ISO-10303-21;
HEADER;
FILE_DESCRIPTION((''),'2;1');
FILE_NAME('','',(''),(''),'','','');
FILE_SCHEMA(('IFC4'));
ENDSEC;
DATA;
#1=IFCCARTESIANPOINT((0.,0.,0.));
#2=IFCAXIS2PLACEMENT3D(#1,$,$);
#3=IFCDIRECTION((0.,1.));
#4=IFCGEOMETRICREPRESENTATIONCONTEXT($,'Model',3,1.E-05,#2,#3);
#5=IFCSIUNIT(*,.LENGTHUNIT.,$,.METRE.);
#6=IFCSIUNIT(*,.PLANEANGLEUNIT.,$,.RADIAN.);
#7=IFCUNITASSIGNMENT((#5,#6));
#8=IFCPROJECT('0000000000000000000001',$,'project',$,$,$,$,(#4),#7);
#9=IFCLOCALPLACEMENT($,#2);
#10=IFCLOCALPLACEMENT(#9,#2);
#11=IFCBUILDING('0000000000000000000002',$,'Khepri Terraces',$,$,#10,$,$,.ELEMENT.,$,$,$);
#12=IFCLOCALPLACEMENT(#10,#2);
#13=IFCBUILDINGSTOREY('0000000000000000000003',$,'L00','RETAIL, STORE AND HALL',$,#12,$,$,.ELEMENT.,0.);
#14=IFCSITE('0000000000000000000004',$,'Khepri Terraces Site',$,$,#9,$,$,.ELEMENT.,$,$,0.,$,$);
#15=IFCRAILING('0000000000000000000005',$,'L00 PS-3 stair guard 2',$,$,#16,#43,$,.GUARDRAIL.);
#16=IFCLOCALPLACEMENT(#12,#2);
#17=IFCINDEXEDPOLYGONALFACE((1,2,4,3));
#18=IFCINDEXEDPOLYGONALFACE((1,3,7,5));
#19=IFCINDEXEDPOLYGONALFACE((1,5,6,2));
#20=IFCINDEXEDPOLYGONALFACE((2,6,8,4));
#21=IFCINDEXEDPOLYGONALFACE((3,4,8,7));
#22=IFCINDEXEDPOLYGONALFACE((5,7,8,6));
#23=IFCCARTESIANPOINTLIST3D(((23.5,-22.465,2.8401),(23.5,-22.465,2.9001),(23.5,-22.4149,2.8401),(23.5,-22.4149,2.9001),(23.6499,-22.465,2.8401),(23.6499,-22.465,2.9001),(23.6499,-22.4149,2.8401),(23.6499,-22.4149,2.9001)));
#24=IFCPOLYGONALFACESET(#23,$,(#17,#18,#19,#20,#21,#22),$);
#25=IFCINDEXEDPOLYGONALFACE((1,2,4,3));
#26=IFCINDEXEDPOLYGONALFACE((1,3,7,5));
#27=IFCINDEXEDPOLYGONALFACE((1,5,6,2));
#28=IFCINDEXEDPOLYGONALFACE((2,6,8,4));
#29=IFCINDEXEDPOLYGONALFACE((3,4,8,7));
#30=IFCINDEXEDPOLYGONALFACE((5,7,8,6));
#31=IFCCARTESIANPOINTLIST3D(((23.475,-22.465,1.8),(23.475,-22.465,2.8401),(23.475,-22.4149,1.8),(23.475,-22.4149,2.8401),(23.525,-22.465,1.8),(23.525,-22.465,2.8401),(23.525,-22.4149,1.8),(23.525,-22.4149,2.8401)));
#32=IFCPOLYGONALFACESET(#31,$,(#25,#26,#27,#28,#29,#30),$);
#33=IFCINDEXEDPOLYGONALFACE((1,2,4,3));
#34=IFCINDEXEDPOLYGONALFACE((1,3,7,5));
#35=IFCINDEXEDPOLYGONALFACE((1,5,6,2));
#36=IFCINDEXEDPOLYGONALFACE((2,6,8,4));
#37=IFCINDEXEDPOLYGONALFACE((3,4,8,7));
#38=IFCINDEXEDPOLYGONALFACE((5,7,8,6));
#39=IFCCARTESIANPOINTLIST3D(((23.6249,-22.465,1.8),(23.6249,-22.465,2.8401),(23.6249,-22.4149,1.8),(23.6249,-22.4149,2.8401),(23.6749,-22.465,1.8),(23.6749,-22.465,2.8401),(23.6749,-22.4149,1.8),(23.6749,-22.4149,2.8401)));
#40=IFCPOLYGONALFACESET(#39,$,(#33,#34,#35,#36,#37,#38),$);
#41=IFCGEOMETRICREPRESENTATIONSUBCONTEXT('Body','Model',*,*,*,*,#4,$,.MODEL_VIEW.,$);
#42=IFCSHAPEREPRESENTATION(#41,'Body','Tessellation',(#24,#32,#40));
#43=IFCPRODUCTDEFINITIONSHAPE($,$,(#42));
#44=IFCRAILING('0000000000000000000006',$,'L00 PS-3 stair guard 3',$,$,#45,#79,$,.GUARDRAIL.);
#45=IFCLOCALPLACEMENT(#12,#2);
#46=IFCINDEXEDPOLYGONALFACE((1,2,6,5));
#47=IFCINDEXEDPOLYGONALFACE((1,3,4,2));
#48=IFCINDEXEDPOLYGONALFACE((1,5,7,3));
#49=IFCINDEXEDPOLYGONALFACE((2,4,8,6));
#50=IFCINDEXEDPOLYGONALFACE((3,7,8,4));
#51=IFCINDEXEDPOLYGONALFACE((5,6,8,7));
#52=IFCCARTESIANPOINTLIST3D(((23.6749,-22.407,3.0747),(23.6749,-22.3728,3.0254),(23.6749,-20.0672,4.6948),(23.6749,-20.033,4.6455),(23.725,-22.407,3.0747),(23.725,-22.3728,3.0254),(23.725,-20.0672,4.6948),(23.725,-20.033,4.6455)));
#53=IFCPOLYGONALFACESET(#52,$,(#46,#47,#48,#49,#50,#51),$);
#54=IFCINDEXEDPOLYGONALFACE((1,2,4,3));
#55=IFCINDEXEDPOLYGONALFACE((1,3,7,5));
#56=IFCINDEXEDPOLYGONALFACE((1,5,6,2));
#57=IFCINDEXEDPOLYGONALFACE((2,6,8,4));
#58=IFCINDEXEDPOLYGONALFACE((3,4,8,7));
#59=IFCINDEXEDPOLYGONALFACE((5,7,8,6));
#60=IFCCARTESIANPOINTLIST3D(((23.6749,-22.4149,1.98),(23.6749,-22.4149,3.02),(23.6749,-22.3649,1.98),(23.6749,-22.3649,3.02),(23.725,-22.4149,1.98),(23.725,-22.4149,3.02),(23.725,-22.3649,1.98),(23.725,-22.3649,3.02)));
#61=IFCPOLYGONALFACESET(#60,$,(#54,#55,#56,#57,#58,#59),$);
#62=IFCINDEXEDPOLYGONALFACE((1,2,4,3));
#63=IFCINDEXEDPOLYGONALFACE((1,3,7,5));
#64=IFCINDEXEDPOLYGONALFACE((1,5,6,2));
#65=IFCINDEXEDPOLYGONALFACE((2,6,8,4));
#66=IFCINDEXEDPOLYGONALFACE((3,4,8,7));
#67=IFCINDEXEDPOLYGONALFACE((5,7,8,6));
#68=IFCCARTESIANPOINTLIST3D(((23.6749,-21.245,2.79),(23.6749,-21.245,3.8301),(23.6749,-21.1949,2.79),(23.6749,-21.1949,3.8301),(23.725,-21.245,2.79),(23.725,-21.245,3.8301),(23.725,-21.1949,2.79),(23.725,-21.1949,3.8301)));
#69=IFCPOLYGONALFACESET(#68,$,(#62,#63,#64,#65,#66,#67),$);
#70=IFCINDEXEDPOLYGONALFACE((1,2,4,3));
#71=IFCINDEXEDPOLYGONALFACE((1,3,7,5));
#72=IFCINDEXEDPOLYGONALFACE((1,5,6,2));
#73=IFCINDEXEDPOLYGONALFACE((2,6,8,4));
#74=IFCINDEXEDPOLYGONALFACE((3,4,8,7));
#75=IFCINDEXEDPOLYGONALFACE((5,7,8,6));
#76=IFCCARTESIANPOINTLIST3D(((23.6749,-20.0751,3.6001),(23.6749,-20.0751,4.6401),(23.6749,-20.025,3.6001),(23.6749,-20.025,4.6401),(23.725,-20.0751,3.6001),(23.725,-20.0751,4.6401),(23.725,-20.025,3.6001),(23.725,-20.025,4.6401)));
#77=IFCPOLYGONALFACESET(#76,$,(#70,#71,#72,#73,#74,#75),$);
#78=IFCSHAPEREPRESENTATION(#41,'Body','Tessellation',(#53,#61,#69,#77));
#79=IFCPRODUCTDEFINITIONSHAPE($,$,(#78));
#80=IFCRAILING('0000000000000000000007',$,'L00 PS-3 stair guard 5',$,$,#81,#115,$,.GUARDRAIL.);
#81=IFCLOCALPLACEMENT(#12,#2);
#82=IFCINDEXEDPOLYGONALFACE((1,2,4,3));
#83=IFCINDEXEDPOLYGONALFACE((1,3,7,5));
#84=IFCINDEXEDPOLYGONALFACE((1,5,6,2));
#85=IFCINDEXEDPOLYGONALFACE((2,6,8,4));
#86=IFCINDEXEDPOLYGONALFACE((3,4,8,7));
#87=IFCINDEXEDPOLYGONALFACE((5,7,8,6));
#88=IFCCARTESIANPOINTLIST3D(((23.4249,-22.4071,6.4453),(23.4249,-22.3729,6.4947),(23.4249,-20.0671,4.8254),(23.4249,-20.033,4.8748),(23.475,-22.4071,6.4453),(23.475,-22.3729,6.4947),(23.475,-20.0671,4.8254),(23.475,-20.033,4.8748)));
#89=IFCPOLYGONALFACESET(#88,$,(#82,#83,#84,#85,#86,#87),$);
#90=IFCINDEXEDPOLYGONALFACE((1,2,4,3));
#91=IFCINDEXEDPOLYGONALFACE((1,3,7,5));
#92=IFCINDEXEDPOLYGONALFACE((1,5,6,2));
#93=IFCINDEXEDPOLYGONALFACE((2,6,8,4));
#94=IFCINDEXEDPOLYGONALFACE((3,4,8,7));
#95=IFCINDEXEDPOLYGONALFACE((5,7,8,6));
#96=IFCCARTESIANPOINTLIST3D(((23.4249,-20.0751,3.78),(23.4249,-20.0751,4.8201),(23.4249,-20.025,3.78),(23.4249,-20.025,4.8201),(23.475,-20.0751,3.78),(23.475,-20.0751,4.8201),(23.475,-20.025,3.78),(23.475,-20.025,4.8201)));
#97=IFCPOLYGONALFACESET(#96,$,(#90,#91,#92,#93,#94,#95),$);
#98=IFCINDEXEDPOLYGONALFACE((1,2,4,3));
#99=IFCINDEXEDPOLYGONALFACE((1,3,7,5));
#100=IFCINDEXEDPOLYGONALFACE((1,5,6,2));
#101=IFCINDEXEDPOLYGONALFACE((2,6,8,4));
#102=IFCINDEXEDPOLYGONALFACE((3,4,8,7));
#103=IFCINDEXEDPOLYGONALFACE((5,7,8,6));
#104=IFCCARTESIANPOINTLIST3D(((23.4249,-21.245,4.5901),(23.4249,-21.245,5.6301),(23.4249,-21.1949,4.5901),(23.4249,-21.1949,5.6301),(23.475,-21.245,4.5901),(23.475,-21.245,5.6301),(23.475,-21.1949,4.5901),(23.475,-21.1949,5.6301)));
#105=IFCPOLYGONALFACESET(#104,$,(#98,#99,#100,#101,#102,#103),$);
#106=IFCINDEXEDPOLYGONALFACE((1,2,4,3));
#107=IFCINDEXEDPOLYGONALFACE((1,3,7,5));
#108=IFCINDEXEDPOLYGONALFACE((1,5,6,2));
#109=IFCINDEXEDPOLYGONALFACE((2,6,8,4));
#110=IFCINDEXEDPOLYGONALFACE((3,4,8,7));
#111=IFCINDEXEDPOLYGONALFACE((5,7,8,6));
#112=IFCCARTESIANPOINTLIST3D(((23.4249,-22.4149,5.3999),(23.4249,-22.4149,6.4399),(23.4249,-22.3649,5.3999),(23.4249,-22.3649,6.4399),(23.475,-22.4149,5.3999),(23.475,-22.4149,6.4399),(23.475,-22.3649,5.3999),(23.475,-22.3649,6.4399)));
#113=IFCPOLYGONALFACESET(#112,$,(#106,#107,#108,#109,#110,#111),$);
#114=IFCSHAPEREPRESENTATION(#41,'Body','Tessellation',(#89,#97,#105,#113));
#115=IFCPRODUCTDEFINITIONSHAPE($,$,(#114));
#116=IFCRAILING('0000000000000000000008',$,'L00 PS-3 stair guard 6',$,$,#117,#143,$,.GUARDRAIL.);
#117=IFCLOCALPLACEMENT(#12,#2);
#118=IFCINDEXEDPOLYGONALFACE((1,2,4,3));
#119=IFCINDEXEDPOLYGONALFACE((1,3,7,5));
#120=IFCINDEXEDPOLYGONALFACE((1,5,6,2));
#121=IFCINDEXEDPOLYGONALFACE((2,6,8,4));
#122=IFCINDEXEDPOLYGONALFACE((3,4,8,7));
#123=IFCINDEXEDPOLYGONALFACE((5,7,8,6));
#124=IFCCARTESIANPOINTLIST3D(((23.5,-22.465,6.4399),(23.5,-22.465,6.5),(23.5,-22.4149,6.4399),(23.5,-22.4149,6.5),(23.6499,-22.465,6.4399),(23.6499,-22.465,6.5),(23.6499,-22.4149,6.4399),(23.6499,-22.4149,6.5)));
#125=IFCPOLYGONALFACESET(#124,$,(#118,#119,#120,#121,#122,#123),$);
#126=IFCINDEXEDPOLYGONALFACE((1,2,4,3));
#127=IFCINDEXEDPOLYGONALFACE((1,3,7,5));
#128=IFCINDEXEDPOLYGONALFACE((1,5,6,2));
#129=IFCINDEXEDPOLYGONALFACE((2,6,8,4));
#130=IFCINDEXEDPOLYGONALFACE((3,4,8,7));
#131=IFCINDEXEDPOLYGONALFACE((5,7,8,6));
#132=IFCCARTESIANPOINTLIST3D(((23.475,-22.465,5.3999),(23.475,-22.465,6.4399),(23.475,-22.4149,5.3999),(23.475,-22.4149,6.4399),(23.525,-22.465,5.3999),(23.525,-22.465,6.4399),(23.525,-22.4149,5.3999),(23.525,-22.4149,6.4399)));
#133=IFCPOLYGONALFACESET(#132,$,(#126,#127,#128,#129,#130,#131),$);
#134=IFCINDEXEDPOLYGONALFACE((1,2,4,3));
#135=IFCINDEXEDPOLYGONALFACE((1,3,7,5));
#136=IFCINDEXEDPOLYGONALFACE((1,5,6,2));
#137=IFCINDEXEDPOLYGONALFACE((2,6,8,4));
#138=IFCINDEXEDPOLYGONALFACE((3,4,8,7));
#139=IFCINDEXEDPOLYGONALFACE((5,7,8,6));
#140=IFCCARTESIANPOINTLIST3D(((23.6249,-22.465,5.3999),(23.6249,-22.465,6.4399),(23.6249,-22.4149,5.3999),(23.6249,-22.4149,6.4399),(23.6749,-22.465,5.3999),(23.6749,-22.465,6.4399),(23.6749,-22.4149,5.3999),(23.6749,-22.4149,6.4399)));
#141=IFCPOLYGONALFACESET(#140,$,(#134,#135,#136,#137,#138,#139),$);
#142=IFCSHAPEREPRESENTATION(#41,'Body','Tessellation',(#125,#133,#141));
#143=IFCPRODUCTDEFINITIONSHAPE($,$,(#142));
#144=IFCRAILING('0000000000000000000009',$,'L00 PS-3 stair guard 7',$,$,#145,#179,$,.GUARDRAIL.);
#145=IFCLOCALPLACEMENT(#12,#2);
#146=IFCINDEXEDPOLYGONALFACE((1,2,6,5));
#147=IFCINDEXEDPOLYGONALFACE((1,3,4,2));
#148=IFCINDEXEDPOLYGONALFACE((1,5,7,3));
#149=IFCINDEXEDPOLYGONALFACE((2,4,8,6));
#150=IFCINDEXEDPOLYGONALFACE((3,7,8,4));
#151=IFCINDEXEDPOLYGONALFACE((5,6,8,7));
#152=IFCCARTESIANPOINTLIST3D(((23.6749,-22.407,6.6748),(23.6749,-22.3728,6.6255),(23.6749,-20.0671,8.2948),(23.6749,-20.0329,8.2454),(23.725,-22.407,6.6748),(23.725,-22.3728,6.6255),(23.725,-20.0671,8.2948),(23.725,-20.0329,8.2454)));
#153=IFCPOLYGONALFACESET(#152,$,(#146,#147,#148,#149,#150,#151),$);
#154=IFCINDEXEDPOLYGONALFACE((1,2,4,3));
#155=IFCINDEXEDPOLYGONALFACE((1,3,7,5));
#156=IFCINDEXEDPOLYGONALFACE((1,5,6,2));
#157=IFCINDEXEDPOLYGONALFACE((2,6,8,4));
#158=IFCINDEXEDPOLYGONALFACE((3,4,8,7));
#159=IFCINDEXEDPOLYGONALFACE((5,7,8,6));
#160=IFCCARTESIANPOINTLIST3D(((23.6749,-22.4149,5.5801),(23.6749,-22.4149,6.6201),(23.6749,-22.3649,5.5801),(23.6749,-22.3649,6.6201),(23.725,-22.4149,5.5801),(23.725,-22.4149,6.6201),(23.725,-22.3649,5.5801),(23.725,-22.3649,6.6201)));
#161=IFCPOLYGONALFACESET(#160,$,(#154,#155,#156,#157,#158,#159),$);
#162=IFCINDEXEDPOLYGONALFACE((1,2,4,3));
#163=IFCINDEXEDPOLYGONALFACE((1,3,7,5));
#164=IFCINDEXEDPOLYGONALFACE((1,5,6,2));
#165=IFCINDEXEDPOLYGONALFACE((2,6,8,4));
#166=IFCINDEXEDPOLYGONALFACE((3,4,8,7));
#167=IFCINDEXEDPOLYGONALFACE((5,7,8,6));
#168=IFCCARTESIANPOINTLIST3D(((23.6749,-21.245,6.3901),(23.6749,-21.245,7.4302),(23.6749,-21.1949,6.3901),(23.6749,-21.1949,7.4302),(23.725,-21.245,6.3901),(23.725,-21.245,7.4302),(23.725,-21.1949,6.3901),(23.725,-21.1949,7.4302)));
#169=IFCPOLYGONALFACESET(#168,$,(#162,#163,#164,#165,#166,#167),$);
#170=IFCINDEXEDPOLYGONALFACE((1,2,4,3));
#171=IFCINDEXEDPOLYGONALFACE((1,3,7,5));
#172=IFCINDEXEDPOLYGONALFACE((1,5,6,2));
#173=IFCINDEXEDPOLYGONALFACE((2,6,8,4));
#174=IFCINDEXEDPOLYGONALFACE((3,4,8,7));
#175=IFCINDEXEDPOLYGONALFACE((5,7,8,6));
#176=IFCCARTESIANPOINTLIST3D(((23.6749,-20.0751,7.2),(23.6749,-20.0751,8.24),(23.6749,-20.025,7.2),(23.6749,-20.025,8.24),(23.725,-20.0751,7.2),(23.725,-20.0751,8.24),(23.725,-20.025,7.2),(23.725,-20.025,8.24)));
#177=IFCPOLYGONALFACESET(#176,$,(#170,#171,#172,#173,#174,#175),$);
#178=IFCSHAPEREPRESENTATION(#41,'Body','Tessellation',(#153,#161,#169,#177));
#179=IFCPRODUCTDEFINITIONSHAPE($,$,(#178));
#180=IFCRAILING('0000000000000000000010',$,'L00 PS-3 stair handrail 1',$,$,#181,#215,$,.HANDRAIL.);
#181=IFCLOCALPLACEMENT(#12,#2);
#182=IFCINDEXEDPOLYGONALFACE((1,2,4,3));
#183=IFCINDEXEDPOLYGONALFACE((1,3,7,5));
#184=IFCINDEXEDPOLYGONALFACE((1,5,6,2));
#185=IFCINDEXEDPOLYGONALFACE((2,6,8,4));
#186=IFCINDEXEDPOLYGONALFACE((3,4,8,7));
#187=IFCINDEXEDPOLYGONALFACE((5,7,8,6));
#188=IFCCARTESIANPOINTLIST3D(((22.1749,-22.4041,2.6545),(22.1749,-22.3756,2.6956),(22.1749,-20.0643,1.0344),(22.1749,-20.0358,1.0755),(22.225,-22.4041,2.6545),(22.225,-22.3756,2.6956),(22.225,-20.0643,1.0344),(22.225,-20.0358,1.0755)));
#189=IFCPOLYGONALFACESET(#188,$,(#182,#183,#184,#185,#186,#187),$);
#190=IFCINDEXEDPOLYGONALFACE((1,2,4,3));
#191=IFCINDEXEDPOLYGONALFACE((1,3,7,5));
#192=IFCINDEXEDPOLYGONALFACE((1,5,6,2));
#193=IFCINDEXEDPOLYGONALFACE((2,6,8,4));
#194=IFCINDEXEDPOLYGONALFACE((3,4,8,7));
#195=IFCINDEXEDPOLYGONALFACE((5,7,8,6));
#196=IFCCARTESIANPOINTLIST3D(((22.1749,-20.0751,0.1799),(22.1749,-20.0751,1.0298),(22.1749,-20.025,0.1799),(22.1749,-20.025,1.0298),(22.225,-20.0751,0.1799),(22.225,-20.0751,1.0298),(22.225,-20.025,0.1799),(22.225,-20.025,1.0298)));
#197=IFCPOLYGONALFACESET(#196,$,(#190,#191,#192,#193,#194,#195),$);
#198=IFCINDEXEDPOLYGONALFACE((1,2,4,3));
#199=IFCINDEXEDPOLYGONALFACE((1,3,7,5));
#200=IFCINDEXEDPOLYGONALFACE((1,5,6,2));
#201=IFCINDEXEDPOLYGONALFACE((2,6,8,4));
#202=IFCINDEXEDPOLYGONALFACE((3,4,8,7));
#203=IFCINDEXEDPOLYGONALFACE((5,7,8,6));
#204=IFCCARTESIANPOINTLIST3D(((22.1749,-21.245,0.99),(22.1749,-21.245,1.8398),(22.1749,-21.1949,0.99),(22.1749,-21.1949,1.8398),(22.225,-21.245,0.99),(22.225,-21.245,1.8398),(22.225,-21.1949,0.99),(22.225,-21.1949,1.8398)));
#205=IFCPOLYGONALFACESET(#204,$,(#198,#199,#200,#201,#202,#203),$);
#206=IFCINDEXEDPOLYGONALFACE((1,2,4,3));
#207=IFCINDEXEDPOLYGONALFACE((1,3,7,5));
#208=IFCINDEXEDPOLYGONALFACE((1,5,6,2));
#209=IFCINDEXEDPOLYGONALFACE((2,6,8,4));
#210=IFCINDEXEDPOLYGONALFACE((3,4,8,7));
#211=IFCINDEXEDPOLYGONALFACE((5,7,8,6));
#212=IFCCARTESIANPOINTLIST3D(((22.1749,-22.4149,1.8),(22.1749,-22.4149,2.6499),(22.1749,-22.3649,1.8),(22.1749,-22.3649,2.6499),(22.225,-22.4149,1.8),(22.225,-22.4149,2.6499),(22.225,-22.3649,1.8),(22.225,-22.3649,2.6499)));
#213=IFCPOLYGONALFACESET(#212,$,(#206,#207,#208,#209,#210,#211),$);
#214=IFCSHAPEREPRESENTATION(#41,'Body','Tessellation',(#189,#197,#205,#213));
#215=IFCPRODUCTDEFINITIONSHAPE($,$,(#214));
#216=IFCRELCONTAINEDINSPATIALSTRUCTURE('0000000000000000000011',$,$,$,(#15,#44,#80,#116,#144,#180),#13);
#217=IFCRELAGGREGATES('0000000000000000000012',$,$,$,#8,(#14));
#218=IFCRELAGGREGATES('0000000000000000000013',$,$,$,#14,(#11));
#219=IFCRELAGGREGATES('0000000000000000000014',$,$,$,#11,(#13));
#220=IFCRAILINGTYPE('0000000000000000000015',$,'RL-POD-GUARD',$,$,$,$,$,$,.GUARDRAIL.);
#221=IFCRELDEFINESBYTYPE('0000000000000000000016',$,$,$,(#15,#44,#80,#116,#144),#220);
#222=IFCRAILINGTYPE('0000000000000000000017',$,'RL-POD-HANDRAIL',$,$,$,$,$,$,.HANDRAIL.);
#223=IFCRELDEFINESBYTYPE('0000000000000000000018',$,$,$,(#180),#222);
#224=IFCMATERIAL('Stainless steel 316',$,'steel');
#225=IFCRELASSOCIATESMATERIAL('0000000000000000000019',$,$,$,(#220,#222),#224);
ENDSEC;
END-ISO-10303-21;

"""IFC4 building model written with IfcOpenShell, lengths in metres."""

from ifc_helpers import new_model, si_unit, direction, frame, origin, origin_2d, place, context, subcontext, project, spatial, rectangle, extrude, material, type_object, element, save


model = new_model("IFC4")

# Units and contexts
model_context = context("Model", 3, precision=1e-05, world=origin(), true_north=direction((0.0, 1.0)))
body_context = subcontext(model_context, "Body", "Model", "MODEL_VIEW")
ifc_project = project(units=[si_unit("LENGTHUNIT", "METRE"), si_unit("PLANEANGLEUNIT", "RADIAN")], contexts=[model_context])

# Site, building, storey
site_placement = place(None, origin())
site = spatial("IfcSite", under=ifc_project, at=site_placement, Name="Khepri Terraces Site", CompositionType="ELEMENT", RefElevation=0.0)
building_placement = place(site_placement, origin())
building = spatial("IfcBuilding", under=site, at=building_placement, Name="Khepri Terraces", CompositionType="ELEMENT")
storey_placement = place(building_placement, origin())
storey = spatial("IfcBuildingStorey", under=building, at=storey_placement, Name="L00", Description="RETAIL, STORE AND HALL", CompositionType="ELEMENT", Elevation=0.0)

# Railings
ifc_material_1 = material(Name="Stainless steel 316", Category="steel")
railing_type_1 = type_object("IfcRailingType", Name="RL-POD-GUARD", PredefinedType="GUARDRAIL", material=ifc_material_1)
railing_1_placement = place(storey_placement, frame((23.5, -22.4399, 1.8)))
element("IfcRailing", 1, at=railing_1_placement, inside=storey, type_object=railing_type_1, Name="L00 PS-3 stair guard 2", PredefinedType="GUARDRAIL", context=body_context, shape_type="SweptSolid", body=[
    extrude(rectangle(XDim=0.05, YDim=0.0601, at=origin_2d()), frame((0.0, 0.0, 1.0701), z_axis=(1.0, 0.0, 0.0), x_axis=(0.0, 1.0, 0.0)), (0.0, 0.0, 1.0), 0.1499),
    extrude(rectangle(XDim=0.05, YDim=0.05, at=origin_2d()), origin(), (0.0, 0.0, 1.0), 1.04),
    extrude(rectangle(XDim=0.05, YDim=0.05, at=origin_2d()), frame((0.1499, 0.0, 0.0)), (0.0, 0.0, 1.0), 1.04),
])
railing_2_placement = place(storey_placement, frame((23.7, -22.3899, 1.98)))
element("IfcRailing", 2, at=railing_2_placement, inside=storey, type_object=railing_type_1, Name="L00 PS-3 stair guard 3", PredefinedType="GUARDRAIL", context=body_context, shape_type="SweptSolid", body=[
    extrude(rectangle(XDim=0.05, YDim=0.0601, at=origin_2d()), frame((0.0, 0.0, 1.0701), z_axis=(0.0, 0.822155, 0.569264), x_axis=(-1.0, 0.0, 0.0)), (0.0, 0.0, 1.0), 2.8459),
    extrude(rectangle(XDim=0.05, YDim=0.05, at=origin_2d()), origin(), (0.0, 0.0, 1.0), 1.04),
    extrude(rectangle(XDim=0.05, YDim=0.05, at=origin_2d()), frame((0.0, 1.1699, 0.8101)), (0.0, 0.0, 1.0), 1.04),
    extrude(rectangle(XDim=0.05, YDim=0.05, at=origin_2d()), frame((0.0, 2.3398, 1.6201)), (0.0, 0.0, 1.0), 1.04),
])
railing_3_placement = place(storey_placement, frame((23.45, -20.05, 3.78)))
element("IfcRailing", 3, at=railing_3_placement, inside=storey, type_object=railing_type_1, Name="L00 PS-3 stair guard 5", PredefinedType="GUARDRAIL", context=body_context, shape_type="SweptSolid", body=[
    extrude(rectangle(XDim=0.05, YDim=0.0601, at=origin_2d()), frame((0.0, 0.0, 1.0701), z_axis=(0.0, -0.822195, 0.569206), x_axis=(1.0, 0.0, 0.0)), (0.0, 0.0, 1.0), 2.8459),
    extrude(rectangle(XDim=0.05, YDim=0.05, at=origin_2d()), origin(), (0.0, 0.0, 1.0), 1.04),
    extrude(rectangle(XDim=0.05, YDim=0.05, at=origin_2d()), frame((0.0, -1.1699, 0.8101)), (0.0, 0.0, 1.0), 1.04),
    extrude(rectangle(XDim=0.05, YDim=0.05, at=origin_2d()), frame((0.0, -2.3398, 1.6199)), (0.0, 0.0, 1.0), 1.04),
])
railing_4_placement = place(storey_placement, frame((23.5, -22.4399, 5.3999)))
element("IfcRailing", 4, at=railing_4_placement, inside=storey, type_object=railing_type_1, Name="L00 PS-3 stair guard 6", PredefinedType="GUARDRAIL", context=body_context, shape_type="SweptSolid", body=[
    extrude(rectangle(XDim=0.05, YDim=0.0601, at=origin_2d()), frame((0.0, 0.0, 1.0701), z_axis=(1.0, 0.0, 0.0), x_axis=(0.0, 1.0, 0.0)), (0.0, 0.0, 1.0), 0.1499),
    extrude(rectangle(XDim=0.05, YDim=0.05, at=origin_2d()), origin(), (0.0, 0.0, 1.0), 1.04),
    extrude(rectangle(XDim=0.05, YDim=0.05, at=origin_2d()), frame((0.1499, 0.0, 0.0)), (0.0, 0.0, 1.0), 1.04),
])
railing_5_placement = place(storey_placement, frame((23.7, -22.3899, 5.5801)))
element("IfcRailing", 5, at=railing_5_placement, inside=storey, type_object=railing_type_1, Name="L00 PS-3 stair guard 7", PredefinedType="GUARDRAIL", context=body_context, shape_type="SweptSolid", body=[
    extrude(rectangle(XDim=0.05, YDim=0.0601, at=origin_2d()), frame((0.0, 0.0, 1.0701), z_axis=(0.0, 0.822195, 0.569206), x_axis=(-1.0, 0.0, 0.0)), (0.0, 0.0, 1.0), 2.8459),
    extrude(rectangle(XDim=0.05, YDim=0.05, at=origin_2d()), origin(), (0.0, 0.0, 1.0), 1.04),
    extrude(rectangle(XDim=0.05, YDim=0.05, at=origin_2d()), frame((0.0, 1.1699, 0.8101)), (0.0, 0.0, 1.0), 1.04),
    extrude(rectangle(XDim=0.05, YDim=0.05, at=origin_2d()), frame((0.0, 2.3398, 1.6199)), (0.0, 0.0, 1.0), 1.04),
])
railing_type_2 = type_object("IfcRailingType", Name="RL-POD-HANDRAIL", PredefinedType="HANDRAIL", material=ifc_material_1)
railing_6_placement = place(storey_placement, frame((22.2, -20.05, 0.1799)))
element("IfcRailing", 6, at=railing_6_placement, inside=storey, type_object=railing_type_2, Name="L00 PS-3 stair handrail 1", PredefinedType="HANDRAIL", context=body_context, shape_type="SweptSolid", body=[
    extrude(rectangle(XDim=0.05, YDim=0.05, at=origin_2d()), frame((0.0, 0.0, 0.875), z_axis=(0.0, -0.822155, 0.569264), x_axis=(1.0, 0.0, 0.0)), (0.0, 0.0, 1.0), 2.8459),
    extrude(rectangle(XDim=0.05, YDim=0.05, at=origin_2d()), origin(), (0.0, 0.0, 1.0), 0.8499),
    extrude(rectangle(XDim=0.05, YDim=0.05, at=origin_2d()), frame((0.0, -1.1699, 0.8101)), (0.0, 0.0, 1.0), 0.8499),
    extrude(rectangle(XDim=0.05, YDim=0.05, at=origin_2d()), frame((0.0, -2.3398, 1.6201)), (0.0, 0.0, 1.0), 0.8499),
])

save(model, "model.ifc")
